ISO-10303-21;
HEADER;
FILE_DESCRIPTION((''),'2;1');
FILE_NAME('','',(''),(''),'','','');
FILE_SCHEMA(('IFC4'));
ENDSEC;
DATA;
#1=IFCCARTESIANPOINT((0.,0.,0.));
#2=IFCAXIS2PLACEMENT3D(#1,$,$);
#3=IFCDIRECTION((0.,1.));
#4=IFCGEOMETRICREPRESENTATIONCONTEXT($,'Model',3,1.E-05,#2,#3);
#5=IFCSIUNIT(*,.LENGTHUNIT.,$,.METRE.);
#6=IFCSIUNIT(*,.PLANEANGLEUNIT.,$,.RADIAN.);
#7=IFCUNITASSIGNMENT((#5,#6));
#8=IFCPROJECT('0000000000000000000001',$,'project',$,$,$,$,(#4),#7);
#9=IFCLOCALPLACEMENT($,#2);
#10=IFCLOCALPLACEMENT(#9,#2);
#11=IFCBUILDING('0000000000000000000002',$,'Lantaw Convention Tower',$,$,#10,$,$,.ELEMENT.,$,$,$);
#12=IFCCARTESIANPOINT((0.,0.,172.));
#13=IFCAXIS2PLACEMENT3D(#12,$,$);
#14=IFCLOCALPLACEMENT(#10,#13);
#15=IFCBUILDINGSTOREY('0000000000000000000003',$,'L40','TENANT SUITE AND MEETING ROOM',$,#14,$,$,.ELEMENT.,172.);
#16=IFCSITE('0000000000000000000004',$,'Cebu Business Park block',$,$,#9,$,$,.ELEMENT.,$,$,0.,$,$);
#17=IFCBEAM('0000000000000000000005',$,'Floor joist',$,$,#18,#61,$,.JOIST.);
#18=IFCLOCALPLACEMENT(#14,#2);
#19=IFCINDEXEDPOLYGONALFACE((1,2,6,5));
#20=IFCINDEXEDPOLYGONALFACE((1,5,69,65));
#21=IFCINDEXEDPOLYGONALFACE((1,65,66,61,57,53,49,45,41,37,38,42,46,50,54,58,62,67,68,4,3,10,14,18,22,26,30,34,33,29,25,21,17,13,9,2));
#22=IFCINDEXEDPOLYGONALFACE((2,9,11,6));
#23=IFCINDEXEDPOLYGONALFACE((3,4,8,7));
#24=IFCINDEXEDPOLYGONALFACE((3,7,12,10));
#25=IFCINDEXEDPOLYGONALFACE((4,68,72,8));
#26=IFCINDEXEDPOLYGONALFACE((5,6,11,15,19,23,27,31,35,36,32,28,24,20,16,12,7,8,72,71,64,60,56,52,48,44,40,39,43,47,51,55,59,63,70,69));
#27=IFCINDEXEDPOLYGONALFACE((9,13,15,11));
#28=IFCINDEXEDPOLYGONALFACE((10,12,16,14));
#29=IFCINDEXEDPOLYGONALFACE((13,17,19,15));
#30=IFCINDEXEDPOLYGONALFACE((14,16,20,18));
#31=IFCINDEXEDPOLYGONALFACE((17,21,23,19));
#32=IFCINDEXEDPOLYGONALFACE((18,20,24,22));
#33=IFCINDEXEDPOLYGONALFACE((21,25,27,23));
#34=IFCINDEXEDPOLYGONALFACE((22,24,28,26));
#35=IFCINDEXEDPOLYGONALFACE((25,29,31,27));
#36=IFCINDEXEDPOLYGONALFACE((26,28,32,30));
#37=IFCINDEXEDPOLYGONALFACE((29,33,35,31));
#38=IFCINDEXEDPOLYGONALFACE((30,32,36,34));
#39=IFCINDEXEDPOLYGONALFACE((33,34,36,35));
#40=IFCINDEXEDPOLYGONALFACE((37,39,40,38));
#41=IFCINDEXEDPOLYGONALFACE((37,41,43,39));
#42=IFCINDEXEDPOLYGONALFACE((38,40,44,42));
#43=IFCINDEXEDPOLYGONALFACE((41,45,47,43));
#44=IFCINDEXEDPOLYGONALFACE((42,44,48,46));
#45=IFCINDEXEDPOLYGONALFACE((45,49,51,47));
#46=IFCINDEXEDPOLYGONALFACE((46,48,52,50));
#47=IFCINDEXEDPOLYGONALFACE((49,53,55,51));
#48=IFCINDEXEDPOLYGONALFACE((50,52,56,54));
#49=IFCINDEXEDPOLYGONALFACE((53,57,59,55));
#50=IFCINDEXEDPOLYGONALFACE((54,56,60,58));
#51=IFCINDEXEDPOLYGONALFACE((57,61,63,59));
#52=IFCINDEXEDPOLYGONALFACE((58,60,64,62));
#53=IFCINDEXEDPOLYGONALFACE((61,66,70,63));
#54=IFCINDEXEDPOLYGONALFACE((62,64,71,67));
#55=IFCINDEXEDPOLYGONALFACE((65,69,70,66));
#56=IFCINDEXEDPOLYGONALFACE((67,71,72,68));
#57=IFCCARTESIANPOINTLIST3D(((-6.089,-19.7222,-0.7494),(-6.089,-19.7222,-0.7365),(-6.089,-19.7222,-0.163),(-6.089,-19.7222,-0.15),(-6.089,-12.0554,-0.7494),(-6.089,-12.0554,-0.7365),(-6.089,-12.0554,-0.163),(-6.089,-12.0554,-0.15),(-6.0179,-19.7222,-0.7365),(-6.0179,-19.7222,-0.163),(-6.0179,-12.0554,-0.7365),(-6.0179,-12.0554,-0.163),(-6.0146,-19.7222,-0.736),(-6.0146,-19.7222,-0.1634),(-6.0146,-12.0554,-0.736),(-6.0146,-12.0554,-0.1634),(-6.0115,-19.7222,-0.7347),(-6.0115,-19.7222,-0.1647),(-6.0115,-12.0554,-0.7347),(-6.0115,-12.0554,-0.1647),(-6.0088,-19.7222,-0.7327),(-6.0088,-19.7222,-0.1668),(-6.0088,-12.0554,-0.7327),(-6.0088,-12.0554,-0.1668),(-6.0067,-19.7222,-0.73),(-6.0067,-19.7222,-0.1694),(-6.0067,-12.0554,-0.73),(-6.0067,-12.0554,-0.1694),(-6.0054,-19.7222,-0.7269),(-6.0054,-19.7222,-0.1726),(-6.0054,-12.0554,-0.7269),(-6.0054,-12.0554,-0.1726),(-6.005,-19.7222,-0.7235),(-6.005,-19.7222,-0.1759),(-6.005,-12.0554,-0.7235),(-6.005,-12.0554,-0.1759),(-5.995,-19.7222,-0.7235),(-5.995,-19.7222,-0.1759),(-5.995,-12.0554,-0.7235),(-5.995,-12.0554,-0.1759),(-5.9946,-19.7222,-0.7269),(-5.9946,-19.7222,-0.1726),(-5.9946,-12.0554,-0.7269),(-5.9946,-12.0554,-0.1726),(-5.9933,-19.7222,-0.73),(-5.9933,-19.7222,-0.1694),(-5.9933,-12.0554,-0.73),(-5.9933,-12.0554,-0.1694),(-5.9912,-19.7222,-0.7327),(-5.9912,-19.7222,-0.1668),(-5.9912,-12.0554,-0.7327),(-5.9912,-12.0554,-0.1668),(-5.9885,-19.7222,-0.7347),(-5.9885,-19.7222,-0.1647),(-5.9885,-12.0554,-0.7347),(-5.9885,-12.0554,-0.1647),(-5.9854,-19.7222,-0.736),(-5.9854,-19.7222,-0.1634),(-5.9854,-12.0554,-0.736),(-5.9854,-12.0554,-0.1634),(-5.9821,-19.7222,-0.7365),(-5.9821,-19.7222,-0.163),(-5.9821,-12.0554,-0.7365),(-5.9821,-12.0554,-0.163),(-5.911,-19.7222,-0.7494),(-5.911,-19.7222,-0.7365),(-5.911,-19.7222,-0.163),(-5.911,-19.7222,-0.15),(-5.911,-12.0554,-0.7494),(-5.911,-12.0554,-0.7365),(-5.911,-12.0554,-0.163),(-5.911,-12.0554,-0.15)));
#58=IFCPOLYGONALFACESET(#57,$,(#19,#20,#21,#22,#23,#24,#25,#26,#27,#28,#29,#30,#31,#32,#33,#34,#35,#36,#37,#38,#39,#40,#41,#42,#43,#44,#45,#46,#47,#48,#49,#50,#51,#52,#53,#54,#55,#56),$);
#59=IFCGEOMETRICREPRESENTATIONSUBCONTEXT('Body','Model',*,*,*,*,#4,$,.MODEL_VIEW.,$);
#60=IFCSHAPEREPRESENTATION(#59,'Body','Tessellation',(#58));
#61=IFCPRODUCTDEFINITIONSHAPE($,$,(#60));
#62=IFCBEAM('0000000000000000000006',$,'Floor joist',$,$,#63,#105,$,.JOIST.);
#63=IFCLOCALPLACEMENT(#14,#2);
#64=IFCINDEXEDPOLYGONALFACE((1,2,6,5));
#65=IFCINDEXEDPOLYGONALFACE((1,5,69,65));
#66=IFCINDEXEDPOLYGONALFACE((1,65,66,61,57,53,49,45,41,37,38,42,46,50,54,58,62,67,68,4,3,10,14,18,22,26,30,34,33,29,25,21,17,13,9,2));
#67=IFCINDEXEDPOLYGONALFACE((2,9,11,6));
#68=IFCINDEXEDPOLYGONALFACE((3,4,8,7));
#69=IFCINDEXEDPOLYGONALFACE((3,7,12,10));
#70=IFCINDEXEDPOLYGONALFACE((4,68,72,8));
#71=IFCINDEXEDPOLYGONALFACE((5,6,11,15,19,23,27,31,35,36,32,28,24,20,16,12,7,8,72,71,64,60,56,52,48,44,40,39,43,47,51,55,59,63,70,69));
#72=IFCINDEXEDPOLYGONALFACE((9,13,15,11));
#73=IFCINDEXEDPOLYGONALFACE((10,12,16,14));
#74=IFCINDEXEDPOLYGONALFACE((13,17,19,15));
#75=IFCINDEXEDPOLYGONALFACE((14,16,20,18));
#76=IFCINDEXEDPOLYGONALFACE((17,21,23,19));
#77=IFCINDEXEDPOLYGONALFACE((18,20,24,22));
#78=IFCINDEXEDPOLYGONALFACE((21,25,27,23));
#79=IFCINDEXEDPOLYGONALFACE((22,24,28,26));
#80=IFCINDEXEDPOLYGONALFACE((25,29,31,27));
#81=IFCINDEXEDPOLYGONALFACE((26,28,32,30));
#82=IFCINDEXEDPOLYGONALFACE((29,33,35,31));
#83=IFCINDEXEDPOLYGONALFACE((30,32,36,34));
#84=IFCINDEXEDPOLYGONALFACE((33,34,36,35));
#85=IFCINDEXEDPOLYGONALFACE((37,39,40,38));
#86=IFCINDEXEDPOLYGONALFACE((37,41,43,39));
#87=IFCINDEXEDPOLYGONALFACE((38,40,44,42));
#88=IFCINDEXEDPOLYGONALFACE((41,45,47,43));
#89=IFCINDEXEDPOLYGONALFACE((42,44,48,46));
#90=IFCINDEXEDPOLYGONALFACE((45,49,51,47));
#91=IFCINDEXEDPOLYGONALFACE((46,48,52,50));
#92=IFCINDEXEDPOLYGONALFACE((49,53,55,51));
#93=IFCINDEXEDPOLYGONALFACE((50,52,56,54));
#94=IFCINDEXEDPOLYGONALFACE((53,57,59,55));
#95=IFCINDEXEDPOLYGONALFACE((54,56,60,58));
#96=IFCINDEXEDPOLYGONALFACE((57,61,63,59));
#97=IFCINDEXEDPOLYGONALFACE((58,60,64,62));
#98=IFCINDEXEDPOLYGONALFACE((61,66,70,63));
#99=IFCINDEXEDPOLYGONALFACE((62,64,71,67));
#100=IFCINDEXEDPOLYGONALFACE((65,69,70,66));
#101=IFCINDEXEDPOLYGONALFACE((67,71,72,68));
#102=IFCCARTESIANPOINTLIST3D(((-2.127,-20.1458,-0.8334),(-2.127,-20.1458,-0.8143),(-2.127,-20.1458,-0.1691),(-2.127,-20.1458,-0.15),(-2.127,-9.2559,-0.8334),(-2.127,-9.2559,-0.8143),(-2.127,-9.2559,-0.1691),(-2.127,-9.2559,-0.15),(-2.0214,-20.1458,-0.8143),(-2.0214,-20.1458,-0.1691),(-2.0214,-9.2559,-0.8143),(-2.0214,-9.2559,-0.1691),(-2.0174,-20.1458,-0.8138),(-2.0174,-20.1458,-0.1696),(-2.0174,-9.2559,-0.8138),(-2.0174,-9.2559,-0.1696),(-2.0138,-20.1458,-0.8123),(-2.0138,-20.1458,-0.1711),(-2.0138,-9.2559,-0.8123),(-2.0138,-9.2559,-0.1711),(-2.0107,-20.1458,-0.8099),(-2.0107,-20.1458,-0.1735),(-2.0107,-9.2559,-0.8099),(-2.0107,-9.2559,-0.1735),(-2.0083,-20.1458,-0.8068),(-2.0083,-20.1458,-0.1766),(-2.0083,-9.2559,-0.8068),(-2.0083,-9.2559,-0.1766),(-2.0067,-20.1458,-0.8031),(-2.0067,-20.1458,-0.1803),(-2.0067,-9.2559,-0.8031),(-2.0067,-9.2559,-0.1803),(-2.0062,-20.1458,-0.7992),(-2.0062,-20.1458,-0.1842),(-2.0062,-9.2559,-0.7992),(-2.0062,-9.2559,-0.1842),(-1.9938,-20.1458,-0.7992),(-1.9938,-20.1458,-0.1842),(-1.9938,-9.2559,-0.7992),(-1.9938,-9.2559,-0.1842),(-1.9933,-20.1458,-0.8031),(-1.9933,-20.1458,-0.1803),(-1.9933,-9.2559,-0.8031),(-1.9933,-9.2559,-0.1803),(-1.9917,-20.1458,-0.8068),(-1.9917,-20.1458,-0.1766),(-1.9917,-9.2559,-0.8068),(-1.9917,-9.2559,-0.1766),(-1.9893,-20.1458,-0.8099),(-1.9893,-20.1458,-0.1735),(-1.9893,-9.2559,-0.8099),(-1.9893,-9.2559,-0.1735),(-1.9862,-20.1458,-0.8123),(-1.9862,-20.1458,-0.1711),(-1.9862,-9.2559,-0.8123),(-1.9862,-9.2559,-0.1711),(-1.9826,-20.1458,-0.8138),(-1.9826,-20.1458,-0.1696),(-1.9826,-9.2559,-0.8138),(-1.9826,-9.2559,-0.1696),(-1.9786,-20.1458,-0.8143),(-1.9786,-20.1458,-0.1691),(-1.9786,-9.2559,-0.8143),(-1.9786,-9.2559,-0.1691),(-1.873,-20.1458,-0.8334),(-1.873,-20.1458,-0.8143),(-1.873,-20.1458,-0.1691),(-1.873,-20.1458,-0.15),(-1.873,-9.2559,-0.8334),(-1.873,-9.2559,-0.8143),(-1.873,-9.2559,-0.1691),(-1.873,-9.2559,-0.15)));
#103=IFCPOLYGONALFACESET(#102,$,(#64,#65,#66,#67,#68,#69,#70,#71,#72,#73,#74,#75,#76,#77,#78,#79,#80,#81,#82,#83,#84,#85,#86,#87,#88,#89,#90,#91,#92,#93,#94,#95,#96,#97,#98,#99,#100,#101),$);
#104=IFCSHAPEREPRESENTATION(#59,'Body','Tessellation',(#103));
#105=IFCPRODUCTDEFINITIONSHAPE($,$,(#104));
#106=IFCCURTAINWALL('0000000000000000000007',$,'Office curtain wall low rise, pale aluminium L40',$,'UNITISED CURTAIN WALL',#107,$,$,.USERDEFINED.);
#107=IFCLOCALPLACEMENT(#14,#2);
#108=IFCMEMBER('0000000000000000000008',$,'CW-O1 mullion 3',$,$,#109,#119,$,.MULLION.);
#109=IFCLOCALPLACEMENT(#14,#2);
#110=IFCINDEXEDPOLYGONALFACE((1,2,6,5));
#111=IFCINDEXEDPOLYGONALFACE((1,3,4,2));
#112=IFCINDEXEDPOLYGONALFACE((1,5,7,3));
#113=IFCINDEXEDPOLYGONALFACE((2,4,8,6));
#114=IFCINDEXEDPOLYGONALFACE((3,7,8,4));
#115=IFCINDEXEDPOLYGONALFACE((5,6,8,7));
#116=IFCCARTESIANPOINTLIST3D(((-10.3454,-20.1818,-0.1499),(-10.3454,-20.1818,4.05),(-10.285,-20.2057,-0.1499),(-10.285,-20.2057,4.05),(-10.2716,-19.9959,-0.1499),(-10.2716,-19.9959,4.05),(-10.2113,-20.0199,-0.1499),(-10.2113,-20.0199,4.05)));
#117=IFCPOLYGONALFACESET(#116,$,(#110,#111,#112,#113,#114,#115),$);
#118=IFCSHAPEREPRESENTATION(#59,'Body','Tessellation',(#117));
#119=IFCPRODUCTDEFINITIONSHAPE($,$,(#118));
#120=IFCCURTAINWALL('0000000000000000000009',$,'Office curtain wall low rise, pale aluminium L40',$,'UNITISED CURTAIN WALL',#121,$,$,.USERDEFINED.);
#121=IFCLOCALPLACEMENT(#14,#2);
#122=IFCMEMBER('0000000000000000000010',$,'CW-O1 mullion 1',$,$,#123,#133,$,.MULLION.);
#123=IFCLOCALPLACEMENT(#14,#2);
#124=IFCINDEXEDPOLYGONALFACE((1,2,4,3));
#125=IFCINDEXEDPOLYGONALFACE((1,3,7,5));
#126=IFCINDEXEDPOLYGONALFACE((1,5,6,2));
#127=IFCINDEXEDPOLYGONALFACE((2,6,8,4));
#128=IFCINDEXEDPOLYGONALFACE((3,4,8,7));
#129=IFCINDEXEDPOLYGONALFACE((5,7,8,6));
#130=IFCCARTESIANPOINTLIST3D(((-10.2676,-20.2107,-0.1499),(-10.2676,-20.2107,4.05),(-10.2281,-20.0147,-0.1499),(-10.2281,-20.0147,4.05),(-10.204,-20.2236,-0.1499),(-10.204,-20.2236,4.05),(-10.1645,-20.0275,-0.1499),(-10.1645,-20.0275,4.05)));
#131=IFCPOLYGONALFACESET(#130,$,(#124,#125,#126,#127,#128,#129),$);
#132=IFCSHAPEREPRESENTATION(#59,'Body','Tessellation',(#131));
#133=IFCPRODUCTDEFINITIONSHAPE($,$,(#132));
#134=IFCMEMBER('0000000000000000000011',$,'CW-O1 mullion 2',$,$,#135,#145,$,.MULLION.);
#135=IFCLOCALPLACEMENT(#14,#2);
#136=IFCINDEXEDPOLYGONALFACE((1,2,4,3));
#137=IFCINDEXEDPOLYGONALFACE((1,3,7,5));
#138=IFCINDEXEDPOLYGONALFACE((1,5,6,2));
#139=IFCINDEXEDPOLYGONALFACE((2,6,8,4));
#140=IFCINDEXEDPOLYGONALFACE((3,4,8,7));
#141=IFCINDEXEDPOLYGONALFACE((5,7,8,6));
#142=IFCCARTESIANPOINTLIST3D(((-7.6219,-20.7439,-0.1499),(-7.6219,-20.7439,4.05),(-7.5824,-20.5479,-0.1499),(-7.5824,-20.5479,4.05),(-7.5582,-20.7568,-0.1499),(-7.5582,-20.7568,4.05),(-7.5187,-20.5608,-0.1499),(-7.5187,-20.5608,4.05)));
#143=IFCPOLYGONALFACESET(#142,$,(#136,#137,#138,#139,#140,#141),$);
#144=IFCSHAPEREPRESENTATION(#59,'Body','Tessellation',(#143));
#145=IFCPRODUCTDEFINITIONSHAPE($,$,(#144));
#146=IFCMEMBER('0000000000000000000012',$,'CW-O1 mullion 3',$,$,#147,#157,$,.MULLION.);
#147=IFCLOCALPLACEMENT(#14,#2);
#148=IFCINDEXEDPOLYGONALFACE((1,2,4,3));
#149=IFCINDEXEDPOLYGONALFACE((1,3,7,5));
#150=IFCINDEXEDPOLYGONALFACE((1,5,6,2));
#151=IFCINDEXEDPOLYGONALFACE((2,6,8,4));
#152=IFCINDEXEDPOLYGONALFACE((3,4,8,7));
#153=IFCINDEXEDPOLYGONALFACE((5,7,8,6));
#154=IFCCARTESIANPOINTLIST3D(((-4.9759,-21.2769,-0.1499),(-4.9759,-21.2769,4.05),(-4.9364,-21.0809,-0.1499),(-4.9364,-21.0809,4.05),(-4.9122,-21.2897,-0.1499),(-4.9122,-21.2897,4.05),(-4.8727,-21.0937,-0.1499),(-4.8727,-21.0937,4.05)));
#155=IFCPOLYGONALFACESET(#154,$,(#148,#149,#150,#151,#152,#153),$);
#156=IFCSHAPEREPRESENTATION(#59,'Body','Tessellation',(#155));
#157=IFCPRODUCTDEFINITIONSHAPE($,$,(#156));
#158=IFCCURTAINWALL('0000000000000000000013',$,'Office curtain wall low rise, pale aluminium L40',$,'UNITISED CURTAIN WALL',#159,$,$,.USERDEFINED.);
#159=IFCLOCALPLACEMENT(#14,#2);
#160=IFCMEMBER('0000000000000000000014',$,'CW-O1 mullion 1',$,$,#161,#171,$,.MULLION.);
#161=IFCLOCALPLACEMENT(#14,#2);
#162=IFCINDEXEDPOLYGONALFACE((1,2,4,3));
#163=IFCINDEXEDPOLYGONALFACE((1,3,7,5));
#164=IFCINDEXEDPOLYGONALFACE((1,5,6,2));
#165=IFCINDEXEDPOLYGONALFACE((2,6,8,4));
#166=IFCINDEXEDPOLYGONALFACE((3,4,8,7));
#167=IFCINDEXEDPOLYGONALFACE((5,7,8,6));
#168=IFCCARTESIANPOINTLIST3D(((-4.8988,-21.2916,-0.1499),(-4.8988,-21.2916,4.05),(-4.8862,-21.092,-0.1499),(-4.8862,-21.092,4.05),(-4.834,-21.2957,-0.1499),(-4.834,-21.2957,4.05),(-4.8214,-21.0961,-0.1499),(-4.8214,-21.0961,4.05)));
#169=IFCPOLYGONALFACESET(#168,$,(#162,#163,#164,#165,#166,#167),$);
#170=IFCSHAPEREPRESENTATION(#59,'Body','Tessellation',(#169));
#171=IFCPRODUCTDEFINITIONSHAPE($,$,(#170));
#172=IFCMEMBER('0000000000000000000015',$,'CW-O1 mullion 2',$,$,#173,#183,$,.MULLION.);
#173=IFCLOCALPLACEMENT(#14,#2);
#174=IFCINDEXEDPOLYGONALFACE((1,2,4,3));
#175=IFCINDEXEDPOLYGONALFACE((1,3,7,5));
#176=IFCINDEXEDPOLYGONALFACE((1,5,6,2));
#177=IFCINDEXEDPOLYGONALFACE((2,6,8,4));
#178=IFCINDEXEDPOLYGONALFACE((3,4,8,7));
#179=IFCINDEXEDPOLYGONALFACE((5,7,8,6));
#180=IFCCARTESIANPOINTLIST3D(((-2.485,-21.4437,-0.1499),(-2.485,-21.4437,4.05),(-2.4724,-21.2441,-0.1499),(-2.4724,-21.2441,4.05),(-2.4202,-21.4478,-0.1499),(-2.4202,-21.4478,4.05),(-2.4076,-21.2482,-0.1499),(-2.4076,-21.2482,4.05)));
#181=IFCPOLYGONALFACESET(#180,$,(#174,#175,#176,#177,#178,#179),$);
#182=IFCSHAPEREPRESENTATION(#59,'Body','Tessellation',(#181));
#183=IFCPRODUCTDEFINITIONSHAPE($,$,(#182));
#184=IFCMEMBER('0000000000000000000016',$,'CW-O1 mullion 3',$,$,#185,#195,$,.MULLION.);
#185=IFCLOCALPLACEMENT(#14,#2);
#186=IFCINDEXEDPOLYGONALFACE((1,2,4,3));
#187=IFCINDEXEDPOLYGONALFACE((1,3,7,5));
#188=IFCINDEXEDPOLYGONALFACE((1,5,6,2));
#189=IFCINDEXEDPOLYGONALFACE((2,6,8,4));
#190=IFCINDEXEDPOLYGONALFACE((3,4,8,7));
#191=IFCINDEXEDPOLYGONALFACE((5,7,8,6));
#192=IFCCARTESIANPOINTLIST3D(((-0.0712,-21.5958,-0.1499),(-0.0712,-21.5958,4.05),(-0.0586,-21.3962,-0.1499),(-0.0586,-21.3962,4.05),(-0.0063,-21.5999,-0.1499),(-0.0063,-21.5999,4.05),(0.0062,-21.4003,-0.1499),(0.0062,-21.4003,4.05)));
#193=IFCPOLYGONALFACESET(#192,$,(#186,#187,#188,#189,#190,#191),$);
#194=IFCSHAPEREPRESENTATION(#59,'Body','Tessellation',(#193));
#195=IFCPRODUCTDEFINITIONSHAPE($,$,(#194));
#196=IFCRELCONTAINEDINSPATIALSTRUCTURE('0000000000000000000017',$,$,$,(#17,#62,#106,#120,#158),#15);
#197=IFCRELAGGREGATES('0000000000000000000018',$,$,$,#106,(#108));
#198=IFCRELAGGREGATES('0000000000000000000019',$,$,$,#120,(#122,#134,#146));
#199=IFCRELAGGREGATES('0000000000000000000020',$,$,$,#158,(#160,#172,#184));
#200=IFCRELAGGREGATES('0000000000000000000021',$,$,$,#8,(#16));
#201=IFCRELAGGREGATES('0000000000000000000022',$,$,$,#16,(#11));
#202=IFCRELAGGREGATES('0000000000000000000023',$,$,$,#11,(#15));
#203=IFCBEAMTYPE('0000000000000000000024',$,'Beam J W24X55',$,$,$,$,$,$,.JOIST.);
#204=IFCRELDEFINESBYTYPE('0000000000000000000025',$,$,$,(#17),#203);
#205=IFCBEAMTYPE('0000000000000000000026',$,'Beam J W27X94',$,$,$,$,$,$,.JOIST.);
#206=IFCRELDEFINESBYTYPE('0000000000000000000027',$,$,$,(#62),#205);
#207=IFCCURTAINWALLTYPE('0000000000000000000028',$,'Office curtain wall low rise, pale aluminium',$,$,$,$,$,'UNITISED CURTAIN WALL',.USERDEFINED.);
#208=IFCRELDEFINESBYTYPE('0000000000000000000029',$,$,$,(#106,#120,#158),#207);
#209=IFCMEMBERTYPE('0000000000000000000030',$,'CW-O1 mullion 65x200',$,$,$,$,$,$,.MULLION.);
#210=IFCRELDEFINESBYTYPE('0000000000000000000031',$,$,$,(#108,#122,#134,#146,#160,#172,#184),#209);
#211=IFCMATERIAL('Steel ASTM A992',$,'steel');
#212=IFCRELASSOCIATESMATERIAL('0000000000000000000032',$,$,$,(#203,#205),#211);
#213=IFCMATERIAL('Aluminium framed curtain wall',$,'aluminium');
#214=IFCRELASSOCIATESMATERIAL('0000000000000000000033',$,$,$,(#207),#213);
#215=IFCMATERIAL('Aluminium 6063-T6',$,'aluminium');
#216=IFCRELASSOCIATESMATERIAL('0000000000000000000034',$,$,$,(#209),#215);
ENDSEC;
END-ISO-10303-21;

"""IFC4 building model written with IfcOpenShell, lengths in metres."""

from ifc_helpers import new_model, si_unit, direction, frame, origin, origin_2d, place, context, subcontext, project, spatial, rectangle, i_section, extrude, material, material_profile, profile_set, type_object, element, aggregate, save


model = new_model("IFC4")

# Units and contexts
model_context = context("Model", 3, precision=1e-05, world=origin(), true_north=direction((0.0, 1.0)))
body_context = subcontext(model_context, "Body", "Model", "MODEL_VIEW")
ifc_project = project(units=[si_unit("LENGTHUNIT", "METRE"), si_unit("PLANEANGLEUNIT", "RADIAN")], contexts=[model_context])

# Site, building, storey
site_placement = place(None, origin())
site = spatial("IfcSite", under=ifc_project, at=site_placement, Name="Cebu Business Park block", CompositionType="ELEMENT", RefElevation=0.0)
building_placement = place(site_placement, origin())
building = spatial("IfcBuilding", under=site, at=building_placement, Name="Lantaw Convention Tower", CompositionType="ELEMENT")
storey_placement = place(building_placement, frame((0.0, 0.0, 172.0)))
storey = spatial("IfcBuildingStorey", under=building, at=storey_placement, Name="L40", Description="TENANT SUITE AND MEETING ROOM", CompositionType="ELEMENT", Elevation=172.0)

# Beams
ifc_material_1 = material(Name="Steel ASTM A992", Category="steel")
ifc_material_profile_1 = material_profile(ifc_material_1, i_section(OverallWidth=0.178, OverallDepth=0.5994, WebThickness=0.01, FlangeThickness=0.0129, FilletRadius=0.0129, at=origin_2d()), Name="W24X55")
ifc_profile_set_1 = profile_set([ifc_material_profile_1], Name="Steel ASTM A992")
beam_type_1 = type_object("IfcBeamType", Name="Beam J W24X55", PredefinedType="JOIST", material=ifc_profile_set_1)
beam_1_placement = place(storey_placement, frame((-6.0, -19.7222, -0.4497), z_axis=(0.0, 1.0, 0.0), x_axis=(-1.0, 0.0, 0.0)))
element("IfcBeam", 1, at=beam_1_placement, inside=storey, type_object=beam_type_1, Name="Floor joist", PredefinedType="JOIST", context=body_context, shape_type="SweptSolid", body=[
    extrude(i_section(OverallWidth=0.178, OverallDepth=0.5994, WebThickness=0.01, FlangeThickness=0.0129, FilletRadius=0.0129, at=origin_2d()), origin(), (0.0, 0.0, 1.0), 7.6667),
])
ifc_material_profile_2 = material_profile(ifc_material_1, i_section(OverallWidth=0.2539, OverallDepth=0.6833, WebThickness=0.0125, FlangeThickness=0.019, FilletRadius=0.0151, at=origin_2d()), Name="W27X94")
ifc_profile_set_2 = profile_set([ifc_material_profile_2], Name="Steel ASTM A992")
beam_type_2 = type_object("IfcBeamType", Name="Beam J W27X94", PredefinedType="JOIST", material=ifc_profile_set_2)
beam_2_placement = place(storey_placement, frame((-2.0, -20.1458, -0.4917), z_axis=(0.0, 1.0, 0.0), x_axis=(-1.0, 0.0, 0.0)))
element("IfcBeam", 2, at=beam_2_placement, inside=storey, type_object=beam_type_2, Name="Floor joist", PredefinedType="JOIST", context=body_context, shape_type="SweptSolid", body=[
    extrude(i_section(OverallWidth=0.2539, OverallDepth=0.6833, WebThickness=0.0125, FlangeThickness=0.019, FilletRadius=0.0151, at=origin_2d()), origin(), (0.0, 0.0, 1.0), 10.8899),
])

# Curtain wall, member
ifc_material_2 = material(Name="Aluminium framed curtain wall", Category="aluminium")
curtain_wall_type = type_object("IfcCurtainWallType", Name="Office curtain wall low rise, pale aluminium", ElementType="UNITISED CURTAIN WALL", PredefinedType="USERDEFINED", material=ifc_material_2)
curtain_wall_1_placement = place(storey_placement, origin())
curtain_wall_1 = element("IfcCurtainWall", 3, at=curtain_wall_1_placement, inside=storey, type_object=curtain_wall_type, Name="Office curtain wall low rise, pale aluminium L40", ObjectType="UNITISED CURTAIN WALL", PredefinedType="USERDEFINED")
ifc_material_3 = material(Name="Aluminium 6063-T6", Category="aluminium")
ifc_material_profile_3 = material_profile(ifc_material_3, rectangle(XDim=0.2, YDim=0.0649, at=origin_2d()), Name="CW-O1 mullion 65x200")
ifc_profile_set_3 = profile_set([ifc_material_profile_3], Name="Aluminium 6063-T6")
member_type_1 = type_object("IfcMemberType", Name="CW-O1 mullion 65x200", PredefinedType="MULLION", material=ifc_profile_set_3)
member_1_placement = place(storey_placement, frame((-10.2783, -20.1008, -0.1499), z_axis=(0.0, 0.0, 1.0), x_axis=(0.368702, 0.929548, 0.0)))
member_1 = element("IfcMember", 4, at=member_1_placement, type_object=member_type_1, Name="CW-O1 mullion 3", PredefinedType="MULLION", context=body_context, shape_type="SweptSolid", body=[
    extrude(rectangle(XDim=0.2, YDim=0.0649, at=origin_2d()), origin(), (0.0, 0.0, 1.0), 4.2),
])

# Curtain walls, members
curtain_wall_2_placement = place(storey_placement, origin())
curtain_wall_2 = element("IfcCurtainWall", 5, at=curtain_wall_2_placement, inside=storey, type_object=curtain_wall_type, Name="Office curtain wall low rise, pale aluminium L40", ObjectType="UNITISED CURTAIN WALL", PredefinedType="USERDEFINED")
member_2_placement = place(storey_placement, frame((-10.2161, -20.1191, -0.1499), z_axis=(0.0, 0.0, 1.0), x_axis=(0.197507, 0.980302, 0.0)))
member_2 = element("IfcMember", 6, at=member_2_placement, type_object=member_type_1, Name="CW-O1 mullion 1", PredefinedType="MULLION", context=body_context, shape_type="SweptSolid", body=[
    extrude(rectangle(XDim=0.2, YDim=0.0649, at=origin_2d()), origin(), (0.0, 0.0, 1.0), 4.2),
])
member_3_placement = place(storey_placement, frame((-7.5703, -20.6523, -0.1499), z_axis=(0.0, 0.0, 1.0), x_axis=(0.197507, 0.980302, 0.0)))
member_3 = element("IfcMember", 7, at=member_3_placement, type_object=member_type_1, Name="CW-O1 mullion 2", PredefinedType="MULLION", context=body_context, shape_type="SweptSolid", body=[
    extrude(rectangle(XDim=0.2, YDim=0.0649, at=origin_2d()), origin(), (0.0, 0.0, 1.0), 4.2),
])
member_4_placement = place(storey_placement, frame((-4.9243, -21.1853, -0.1499), z_axis=(0.0, 0.0, 1.0), x_axis=(0.197507, 0.980302, 0.0)))
member_4 = element("IfcMember", 8, at=member_4_placement, type_object=member_type_1, Name="CW-O1 mullion 3", PredefinedType="MULLION", context=body_context, shape_type="SweptSolid", body=[
    extrude(rectangle(XDim=0.2, YDim=0.0649, at=origin_2d()), origin(), (0.0, 0.0, 1.0), 4.2),
])
curtain_wall_3_placement = place(storey_placement, origin())
curtain_wall_3 = element("IfcCurtainWall", 9, at=curtain_wall_3_placement, inside=storey, type_object=curtain_wall_type, Name="Office curtain wall low rise, pale aluminium L40", ObjectType="UNITISED CURTAIN WALL", PredefinedType="USERDEFINED")
member_5_placement = place(storey_placement, frame((-4.8601, -21.1938, -0.1499), z_axis=(0.0, 0.0, 1.0), x_axis=(0.062865, 0.998022, 0.0)))
member_5 = element("IfcMember", 10, at=member_5_placement, type_object=member_type_1, Name="CW-O1 mullion 1", PredefinedType="MULLION", context=body_context, shape_type="SweptSolid", body=[
    extrude(rectangle(XDim=0.2, YDim=0.0649, at=origin_2d()), origin(), (0.0, 0.0, 1.0), 4.2),
])
member_6_placement = place(storey_placement, frame((-2.4463, -21.3459, -0.1499), z_axis=(0.0, 0.0, 1.0), x_axis=(0.062865, 0.998022, 0.0)))
member_6 = element("IfcMember", 11, at=member_6_placement, type_object=member_type_1, Name="CW-O1 mullion 2", PredefinedType="MULLION", context=body_context, shape_type="SweptSolid", body=[
    extrude(rectangle(XDim=0.2, YDim=0.0649, at=origin_2d()), origin(), (0.0, 0.0, 1.0), 4.2),
])
member_7_placement = place(storey_placement, frame((-0.0325, -21.498, -0.1499), z_axis=(0.0, 0.0, 1.0), x_axis=(0.062865, 0.998022, 0.0)))
member_7 = element("IfcMember", 12, at=member_7_placement, type_object=member_type_1, Name="CW-O1 mullion 3", PredefinedType="MULLION", context=body_context, shape_type="SweptSolid", body=[
    extrude(rectangle(XDim=0.2, YDim=0.0649, at=origin_2d()), origin(), (0.0, 0.0, 1.0), 4.2),
])

aggregate(curtain_wall_1, [member_1])
aggregate(curtain_wall_2, [member_2, member_3, member_4])
aggregate(curtain_wall_3, [member_5, member_6, member_7])

save(model, "model.ifc")
